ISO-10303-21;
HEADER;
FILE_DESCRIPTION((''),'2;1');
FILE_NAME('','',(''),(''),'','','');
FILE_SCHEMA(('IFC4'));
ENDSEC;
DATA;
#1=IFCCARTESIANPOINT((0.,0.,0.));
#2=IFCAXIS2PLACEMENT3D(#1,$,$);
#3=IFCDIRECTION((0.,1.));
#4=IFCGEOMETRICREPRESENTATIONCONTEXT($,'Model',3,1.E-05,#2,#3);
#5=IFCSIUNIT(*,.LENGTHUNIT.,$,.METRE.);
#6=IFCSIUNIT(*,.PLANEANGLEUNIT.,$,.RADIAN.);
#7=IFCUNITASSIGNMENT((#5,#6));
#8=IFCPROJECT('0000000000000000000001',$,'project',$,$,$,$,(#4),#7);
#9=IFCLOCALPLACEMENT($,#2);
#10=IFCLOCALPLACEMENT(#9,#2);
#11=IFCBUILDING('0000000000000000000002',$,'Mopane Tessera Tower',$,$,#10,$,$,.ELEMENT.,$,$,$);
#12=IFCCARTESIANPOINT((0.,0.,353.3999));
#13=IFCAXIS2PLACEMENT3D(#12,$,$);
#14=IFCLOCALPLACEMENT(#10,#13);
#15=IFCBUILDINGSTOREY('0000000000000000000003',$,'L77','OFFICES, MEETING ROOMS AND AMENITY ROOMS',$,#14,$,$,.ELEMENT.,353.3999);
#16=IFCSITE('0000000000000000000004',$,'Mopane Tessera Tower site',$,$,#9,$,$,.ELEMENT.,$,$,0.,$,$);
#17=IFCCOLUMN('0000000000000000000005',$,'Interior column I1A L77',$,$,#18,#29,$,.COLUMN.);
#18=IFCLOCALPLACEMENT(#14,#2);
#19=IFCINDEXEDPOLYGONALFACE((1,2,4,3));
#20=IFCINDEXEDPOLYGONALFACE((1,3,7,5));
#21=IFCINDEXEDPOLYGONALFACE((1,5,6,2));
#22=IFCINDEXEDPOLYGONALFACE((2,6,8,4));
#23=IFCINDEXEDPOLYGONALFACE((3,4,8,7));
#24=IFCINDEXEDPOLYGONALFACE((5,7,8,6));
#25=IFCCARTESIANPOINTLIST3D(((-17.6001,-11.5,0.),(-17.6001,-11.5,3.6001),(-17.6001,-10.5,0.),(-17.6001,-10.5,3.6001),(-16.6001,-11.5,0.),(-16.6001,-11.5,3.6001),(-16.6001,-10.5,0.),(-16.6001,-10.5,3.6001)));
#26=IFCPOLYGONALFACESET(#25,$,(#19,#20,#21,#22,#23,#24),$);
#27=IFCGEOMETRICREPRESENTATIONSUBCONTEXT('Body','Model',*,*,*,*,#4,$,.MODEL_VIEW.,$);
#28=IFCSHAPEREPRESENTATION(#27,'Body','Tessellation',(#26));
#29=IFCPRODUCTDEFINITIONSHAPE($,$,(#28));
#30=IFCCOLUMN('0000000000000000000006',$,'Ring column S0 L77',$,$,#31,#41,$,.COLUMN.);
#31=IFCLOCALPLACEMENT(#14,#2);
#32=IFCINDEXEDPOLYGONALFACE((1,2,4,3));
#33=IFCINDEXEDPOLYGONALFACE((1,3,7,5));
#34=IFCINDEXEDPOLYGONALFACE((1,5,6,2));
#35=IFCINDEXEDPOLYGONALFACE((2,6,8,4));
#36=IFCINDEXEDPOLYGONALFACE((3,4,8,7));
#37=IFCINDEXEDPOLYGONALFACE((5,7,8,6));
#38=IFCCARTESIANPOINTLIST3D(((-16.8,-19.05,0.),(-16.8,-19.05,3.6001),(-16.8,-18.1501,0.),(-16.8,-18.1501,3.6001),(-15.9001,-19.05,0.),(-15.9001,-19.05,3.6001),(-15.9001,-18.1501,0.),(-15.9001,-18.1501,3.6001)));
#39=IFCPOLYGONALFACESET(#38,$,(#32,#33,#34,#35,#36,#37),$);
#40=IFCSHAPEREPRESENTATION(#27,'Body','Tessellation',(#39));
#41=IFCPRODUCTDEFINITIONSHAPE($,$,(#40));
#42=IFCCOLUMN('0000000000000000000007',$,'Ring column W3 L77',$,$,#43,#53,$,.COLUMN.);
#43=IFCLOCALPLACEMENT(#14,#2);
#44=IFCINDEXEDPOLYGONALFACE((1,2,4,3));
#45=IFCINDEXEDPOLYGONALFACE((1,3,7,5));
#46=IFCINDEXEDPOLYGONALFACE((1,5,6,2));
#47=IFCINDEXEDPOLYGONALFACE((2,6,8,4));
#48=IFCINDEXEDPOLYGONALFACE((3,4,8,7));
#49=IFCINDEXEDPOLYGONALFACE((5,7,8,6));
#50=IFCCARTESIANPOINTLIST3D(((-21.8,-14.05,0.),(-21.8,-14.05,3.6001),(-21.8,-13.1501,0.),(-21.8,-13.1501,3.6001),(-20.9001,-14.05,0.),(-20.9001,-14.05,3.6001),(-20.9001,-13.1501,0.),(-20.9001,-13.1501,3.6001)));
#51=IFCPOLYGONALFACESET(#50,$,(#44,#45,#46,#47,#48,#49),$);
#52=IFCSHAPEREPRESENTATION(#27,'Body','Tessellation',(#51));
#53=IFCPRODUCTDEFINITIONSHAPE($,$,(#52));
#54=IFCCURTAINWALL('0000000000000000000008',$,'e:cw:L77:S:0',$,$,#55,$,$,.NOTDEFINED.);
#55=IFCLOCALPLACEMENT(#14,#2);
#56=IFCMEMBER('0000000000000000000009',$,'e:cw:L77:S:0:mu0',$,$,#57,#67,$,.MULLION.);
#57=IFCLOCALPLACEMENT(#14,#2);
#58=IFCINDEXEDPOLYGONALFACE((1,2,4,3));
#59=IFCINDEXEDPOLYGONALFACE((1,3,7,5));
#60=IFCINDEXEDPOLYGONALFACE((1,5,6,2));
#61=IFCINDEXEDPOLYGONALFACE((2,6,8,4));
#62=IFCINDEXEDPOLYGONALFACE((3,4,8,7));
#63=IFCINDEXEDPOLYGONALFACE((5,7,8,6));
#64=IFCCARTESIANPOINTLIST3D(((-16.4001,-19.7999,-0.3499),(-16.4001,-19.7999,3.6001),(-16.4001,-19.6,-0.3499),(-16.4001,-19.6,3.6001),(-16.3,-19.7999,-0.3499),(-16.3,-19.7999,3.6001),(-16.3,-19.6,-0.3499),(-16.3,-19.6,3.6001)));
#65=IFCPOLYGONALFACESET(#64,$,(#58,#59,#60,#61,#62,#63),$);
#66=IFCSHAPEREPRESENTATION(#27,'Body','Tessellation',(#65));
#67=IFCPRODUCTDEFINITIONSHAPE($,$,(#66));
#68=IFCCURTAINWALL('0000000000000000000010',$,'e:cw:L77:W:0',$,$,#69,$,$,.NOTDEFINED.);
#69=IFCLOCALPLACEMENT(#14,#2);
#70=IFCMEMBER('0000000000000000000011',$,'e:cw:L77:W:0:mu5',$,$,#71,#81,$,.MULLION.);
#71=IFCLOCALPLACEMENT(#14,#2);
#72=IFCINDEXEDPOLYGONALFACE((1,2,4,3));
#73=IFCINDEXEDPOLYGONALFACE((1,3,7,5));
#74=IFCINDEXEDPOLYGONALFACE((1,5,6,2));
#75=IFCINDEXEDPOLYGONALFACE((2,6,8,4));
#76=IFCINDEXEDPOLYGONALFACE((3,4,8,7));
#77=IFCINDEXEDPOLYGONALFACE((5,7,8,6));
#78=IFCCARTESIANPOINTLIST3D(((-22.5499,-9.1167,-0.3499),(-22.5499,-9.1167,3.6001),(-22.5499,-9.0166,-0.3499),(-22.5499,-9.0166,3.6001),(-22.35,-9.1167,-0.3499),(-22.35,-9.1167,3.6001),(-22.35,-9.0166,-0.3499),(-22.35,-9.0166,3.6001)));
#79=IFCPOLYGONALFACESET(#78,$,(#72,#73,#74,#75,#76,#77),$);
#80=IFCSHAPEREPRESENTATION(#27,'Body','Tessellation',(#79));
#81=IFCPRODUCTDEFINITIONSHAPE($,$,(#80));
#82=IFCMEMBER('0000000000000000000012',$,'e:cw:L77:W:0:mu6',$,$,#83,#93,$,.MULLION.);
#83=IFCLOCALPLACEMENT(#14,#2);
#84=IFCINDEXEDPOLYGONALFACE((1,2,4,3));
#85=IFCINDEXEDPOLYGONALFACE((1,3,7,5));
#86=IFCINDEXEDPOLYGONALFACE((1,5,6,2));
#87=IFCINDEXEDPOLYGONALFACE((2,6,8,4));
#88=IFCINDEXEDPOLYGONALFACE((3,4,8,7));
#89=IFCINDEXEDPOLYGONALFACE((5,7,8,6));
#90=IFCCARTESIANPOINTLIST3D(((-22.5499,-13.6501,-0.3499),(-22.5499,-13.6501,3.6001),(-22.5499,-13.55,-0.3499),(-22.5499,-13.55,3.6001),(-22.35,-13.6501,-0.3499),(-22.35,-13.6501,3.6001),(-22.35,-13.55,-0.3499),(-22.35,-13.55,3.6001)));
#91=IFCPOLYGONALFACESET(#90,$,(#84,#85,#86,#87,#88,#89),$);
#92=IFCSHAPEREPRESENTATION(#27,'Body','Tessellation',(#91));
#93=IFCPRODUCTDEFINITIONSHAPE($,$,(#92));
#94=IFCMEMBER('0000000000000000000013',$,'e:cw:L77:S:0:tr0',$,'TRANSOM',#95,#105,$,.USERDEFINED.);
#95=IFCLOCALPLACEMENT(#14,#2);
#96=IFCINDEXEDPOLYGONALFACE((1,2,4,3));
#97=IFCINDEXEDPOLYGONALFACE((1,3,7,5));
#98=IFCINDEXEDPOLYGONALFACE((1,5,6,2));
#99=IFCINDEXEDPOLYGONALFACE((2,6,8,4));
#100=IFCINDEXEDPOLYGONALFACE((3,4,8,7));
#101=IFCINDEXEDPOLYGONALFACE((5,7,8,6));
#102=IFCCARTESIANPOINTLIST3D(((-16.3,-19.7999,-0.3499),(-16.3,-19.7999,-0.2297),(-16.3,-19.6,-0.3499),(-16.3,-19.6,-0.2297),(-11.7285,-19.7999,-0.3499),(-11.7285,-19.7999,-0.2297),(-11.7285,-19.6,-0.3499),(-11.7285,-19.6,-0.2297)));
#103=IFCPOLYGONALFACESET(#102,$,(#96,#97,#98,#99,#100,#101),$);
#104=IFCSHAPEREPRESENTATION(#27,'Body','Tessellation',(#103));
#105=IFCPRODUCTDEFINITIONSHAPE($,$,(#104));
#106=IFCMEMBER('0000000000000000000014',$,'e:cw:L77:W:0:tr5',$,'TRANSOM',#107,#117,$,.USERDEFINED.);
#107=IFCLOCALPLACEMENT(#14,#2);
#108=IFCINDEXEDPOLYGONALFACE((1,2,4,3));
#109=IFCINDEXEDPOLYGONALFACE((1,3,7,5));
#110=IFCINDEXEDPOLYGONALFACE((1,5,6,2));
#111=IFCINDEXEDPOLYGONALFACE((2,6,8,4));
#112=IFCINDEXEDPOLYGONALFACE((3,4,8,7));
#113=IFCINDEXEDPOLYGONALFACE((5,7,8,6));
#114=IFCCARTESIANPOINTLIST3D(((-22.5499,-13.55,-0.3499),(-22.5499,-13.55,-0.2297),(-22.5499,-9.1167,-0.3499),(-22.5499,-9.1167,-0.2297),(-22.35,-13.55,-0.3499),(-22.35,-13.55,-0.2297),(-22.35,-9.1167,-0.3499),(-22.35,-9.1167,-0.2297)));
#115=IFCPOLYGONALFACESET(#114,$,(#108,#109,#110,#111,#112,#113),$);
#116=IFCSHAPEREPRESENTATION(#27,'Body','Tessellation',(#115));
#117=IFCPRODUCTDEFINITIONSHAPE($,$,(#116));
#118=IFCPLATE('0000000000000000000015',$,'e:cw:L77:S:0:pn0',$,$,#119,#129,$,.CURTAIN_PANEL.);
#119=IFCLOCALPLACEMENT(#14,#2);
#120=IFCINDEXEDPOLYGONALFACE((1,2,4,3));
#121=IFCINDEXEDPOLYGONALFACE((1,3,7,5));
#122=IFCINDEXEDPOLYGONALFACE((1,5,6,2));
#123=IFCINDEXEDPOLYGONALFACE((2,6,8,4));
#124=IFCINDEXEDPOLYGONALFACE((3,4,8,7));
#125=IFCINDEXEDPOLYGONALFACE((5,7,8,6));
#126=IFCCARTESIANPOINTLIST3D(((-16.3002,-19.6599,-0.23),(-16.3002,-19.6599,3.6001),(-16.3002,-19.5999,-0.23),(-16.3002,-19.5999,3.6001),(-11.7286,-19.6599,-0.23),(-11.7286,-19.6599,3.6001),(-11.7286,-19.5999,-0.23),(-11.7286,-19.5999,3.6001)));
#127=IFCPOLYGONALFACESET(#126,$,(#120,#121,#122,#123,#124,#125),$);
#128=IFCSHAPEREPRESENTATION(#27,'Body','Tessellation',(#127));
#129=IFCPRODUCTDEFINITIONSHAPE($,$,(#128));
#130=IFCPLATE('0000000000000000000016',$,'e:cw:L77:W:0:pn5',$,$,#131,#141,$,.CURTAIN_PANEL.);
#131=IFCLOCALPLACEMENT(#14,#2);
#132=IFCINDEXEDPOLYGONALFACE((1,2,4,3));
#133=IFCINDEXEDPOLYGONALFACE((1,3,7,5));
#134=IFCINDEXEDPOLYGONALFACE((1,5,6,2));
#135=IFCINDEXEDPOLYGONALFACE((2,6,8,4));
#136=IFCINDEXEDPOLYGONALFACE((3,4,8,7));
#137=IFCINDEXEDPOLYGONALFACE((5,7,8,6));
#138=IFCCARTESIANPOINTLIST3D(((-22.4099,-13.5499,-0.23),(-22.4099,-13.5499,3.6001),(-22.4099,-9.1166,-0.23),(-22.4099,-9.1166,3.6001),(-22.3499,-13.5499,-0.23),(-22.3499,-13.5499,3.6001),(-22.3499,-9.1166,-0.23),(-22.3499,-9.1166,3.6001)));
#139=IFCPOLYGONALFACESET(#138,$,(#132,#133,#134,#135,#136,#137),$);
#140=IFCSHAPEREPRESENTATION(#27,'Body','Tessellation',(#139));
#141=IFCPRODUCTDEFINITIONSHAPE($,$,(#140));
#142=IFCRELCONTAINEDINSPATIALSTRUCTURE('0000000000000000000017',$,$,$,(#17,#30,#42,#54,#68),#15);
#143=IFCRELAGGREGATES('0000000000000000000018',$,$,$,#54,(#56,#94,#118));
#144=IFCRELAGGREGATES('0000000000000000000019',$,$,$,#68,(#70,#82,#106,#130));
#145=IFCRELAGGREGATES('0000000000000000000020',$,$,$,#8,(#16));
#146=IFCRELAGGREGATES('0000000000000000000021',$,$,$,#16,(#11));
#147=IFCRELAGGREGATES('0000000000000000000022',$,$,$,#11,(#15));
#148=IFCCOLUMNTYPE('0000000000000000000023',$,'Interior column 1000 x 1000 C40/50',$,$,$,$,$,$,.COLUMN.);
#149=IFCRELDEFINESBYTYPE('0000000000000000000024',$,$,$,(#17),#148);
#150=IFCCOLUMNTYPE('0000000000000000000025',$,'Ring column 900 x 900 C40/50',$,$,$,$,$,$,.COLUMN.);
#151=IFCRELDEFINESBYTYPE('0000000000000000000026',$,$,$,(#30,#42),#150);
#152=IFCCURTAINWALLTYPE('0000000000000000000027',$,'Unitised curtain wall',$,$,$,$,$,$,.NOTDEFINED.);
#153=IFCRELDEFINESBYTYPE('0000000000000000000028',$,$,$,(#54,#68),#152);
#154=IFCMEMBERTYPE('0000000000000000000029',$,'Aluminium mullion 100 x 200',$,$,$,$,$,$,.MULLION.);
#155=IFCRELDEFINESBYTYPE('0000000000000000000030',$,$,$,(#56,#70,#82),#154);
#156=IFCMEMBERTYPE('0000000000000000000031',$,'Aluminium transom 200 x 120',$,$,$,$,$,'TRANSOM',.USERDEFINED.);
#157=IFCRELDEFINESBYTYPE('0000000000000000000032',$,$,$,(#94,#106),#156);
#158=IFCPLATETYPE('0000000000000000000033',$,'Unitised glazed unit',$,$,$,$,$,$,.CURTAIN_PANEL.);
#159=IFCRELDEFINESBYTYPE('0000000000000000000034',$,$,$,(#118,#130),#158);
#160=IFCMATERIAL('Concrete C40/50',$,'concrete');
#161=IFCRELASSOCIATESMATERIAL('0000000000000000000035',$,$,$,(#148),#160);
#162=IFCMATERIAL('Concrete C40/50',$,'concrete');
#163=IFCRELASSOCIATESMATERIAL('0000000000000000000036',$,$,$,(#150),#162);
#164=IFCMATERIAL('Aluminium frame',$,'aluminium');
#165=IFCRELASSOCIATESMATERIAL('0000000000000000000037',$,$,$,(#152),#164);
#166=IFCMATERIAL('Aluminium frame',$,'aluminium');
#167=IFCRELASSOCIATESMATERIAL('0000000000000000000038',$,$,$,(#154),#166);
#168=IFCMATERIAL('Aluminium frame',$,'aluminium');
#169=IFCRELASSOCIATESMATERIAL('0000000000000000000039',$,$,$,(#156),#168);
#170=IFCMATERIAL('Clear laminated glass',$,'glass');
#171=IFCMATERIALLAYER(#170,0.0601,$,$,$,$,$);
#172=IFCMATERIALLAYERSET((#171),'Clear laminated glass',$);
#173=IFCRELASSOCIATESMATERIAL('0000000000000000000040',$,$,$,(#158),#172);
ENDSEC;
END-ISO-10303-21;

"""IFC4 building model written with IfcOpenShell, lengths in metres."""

from ifc_helpers import new_model, si_unit, direction, frame, origin, origin_2d, place, context, subcontext, project, spatial, rectangle, extrude, material, layer, layer_set, material_profile, profile_set, type_object, element, aggregate, save


model = new_model("IFC4")

# Units and contexts
model_context = context("Model", 3, precision=1e-05, world=origin(), true_north=direction((0.0, 1.0)))
body_context = subcontext(model_context, "Body", "Model", "MODEL_VIEW")
ifc_project = project(units=[si_unit("LENGTHUNIT", "METRE"), si_unit("PLANEANGLEUNIT", "RADIAN")], contexts=[model_context])

# Site, building, storey
site_placement = place(None, origin())
site = spatial("IfcSite", under=ifc_project, at=site_placement, Name="Mopane Tessera Tower site", CompositionType="ELEMENT", RefElevation=0.0)
building_placement = place(site_placement, origin())
building = spatial("IfcBuilding", under=site, at=building_placement, Name="Mopane Tessera Tower", CompositionType="ELEMENT")
storey_placement = place(building_placement, frame((0.0, 0.0, 353.3999)))
storey = spatial("IfcBuildingStorey", under=building, at=storey_placement, Name="L77", Description="OFFICES, MEETING ROOMS AND AMENITY ROOMS", CompositionType="ELEMENT", Elevation=353.3999)

# Columns
ifc_material_1 = material(Name="Concrete C40/50", Category="concrete")
ifc_material_profile_1 = material_profile(ifc_material_1, rectangle(XDim=1.0, YDim=1.0, at=origin_2d()))
ifc_profile_set_1 = profile_set([ifc_material_profile_1], Name="Concrete C40/50")
column_type_1 = type_object("IfcColumnType", Name="Interior column 1000 x 1000 C40/50", PredefinedType="COLUMN", material=ifc_profile_set_1)
column_placement = place(storey_placement, frame((-17.1001, -11.0, 0.0), z_axis=(0.0, 0.0, 1.0), x_axis=(1.0, 0.0, 0.0)))
element("IfcColumn", 1, at=column_placement, inside=storey, type_object=column_type_1, Name="Interior column I1A L77", PredefinedType="COLUMN", context=body_context, shape_type="SweptSolid", body=[
    extrude(rectangle(XDim=1.0, YDim=1.0, at=origin_2d()), origin(), (0.0, 0.0, 1.0), 3.6001),
])
ifc_material_2 = material(Name="Concrete C40/50", Category="concrete")
ifc_material_profile_2 = material_profile(ifc_material_2, rectangle(XDim=0.8999, YDim=0.8999, at=origin_2d()))
ifc_profile_set_2 = profile_set([ifc_material_profile_2], Name="Concrete C40/50")
column_type_2 = type_object("IfcColumnType", Name="Ring column 900 x 900 C40/50", PredefinedType="COLUMN", material=ifc_profile_set_2)
for number, where, z_axis, x_axis, name in (
    (2, (-16.3501, -18.6001, 0.0), (0.0, 0.0, 1.0), (1.0, 0.0, 0.0), "Ring column S0 L77"),
    (3, (-21.3501, -13.6001, 0.0), (0.0, 0.0, 1.0), (1.0, 0.0, 0.0), "Ring column W3 L77"),
):
    element("IfcColumn", number, at=place(storey_placement, frame(where, z_axis=z_axis, x_axis=x_axis)), inside=storey, type_object=column_type_2, Name=name, PredefinedType="COLUMN", context=body_context, shape_type="SweptSolid", body=[
        extrude(rectangle(XDim=0.8999, YDim=0.8999, at=origin_2d()), origin(), (0.0, 0.0, 1.0), 3.6001),
    ])

# Curtain wall, member
ifc_material_3 = material(Name="Aluminium frame", Category="aluminium")
curtain_wall_type = type_object("IfcCurtainWallType", Name="Unitised curtain wall", PredefinedType="NOTDEFINED", material=ifc_material_3)
curtain_wall_1_placement = place(storey_placement, origin())
curtain_wall_1 = element("IfcCurtainWall", 4, at=curtain_wall_1_placement, inside=storey, type_object=curtain_wall_type, Name="e:cw:L77:S:0", PredefinedType="NOTDEFINED")
ifc_material_4 = material(Name="Aluminium frame", Category="aluminium")
ifc_material_profile_3 = material_profile(ifc_material_4, rectangle(XDim=0.1001, YDim=0.2, at=origin_2d()))
ifc_profile_set_3 = profile_set([ifc_material_profile_3], Name="Aluminium frame")
member_type_1 = type_object("IfcMemberType", Name="Aluminium mullion 100 x 200", PredefinedType="MULLION", material=ifc_profile_set_3)
member_1_placement = place(storey_placement, frame((-16.3501, -19.7, -0.3499), z_axis=(0.0, 0.0, 1.0), x_axis=(1.0, 0.0, 0.0)))
member_1 = element("IfcMember", 5, at=member_1_placement, type_object=member_type_1, Name="e:cw:L77:S:0:mu0", PredefinedType="MULLION", context=body_context, shape_type="SweptSolid", body=[
    extrude(rectangle(XDim=0.1001, YDim=0.2, at=origin_2d()), origin(), (0.0, 0.0, 1.0), 3.95),
])

# Curtain wall, members
curtain_wall_2_placement = place(storey_placement, origin())
curtain_wall_2 = element("IfcCurtainWall", 6, at=curtain_wall_2_placement, inside=storey, type_object=curtain_wall_type, Name="e:cw:L77:W:0", PredefinedType="NOTDEFINED")
member_2_placement = place(storey_placement, frame((-22.45, -9.0667, -0.3499), z_axis=(0.0, 0.0, 1.0), x_axis=(0.0, -1.0, 0.0)))
member_2 = element("IfcMember", 7, at=member_2_placement, type_object=member_type_1, Name="e:cw:L77:W:0:mu5", PredefinedType="MULLION", context=body_context, shape_type="SweptSolid", body=[
    extrude(rectangle(XDim=0.1001, YDim=0.2, at=origin_2d()), origin(), (0.0, 0.0, 1.0), 3.95),
])
member_3_placement = place(storey_placement, frame((-22.45, -13.6001, -0.3499), z_axis=(0.0, 0.0, 1.0), x_axis=(0.0, -1.0, 0.0)))
member_3 = element("IfcMember", 8, at=member_3_placement, type_object=member_type_1, Name="e:cw:L77:W:0:mu6", PredefinedType="MULLION", context=body_context, shape_type="SweptSolid", body=[
    extrude(rectangle(XDim=0.1001, YDim=0.2, at=origin_2d()), origin(), (0.0, 0.0, 1.0), 3.95),
])

# Members
ifc_material_5 = material(Name="Aluminium frame", Category="aluminium")
ifc_material_profile_4 = material_profile(ifc_material_5, rectangle(XDim=0.2, YDim=0.1201, at=origin_2d()))
ifc_profile_set_4 = profile_set([ifc_material_profile_4], Name="Aluminium frame")
member_type_2 = type_object("IfcMemberType", Name="Aluminium transom 200 x 120", ElementType="TRANSOM", PredefinedType="USERDEFINED", material=ifc_profile_set_4)
member_4_placement = place(storey_placement, frame((-16.3, -19.7, -0.2898), z_axis=(1.0, 0.0, 0.0), x_axis=(0.0, 1.0, 0.0)))
member_4 = element("IfcMember", 9, at=member_4_placement, type_object=member_type_2, Name="e:cw:L77:S:0:tr0", ObjectType="TRANSOM", PredefinedType="USERDEFINED", context=body_context, shape_type="SweptSolid", body=[
    extrude(rectangle(XDim=0.2, YDim=0.1201, at=origin_2d()), origin(), (0.0, 0.0, 1.0), 4.5715),
])
member_5_placement = place(storey_placement, frame((-22.45, -9.1167, -0.2898), z_axis=(0.0, -1.0, 0.0), x_axis=(1.0, 0.0, 0.0)))
member_5 = element("IfcMember", 10, at=member_5_placement, type_object=member_type_2, Name="e:cw:L77:W:0:tr5", ObjectType="TRANSOM", PredefinedType="USERDEFINED", context=body_context, shape_type="SweptSolid", body=[
    extrude(rectangle(XDim=0.2, YDim=0.1201, at=origin_2d()), origin(), (0.0, 0.0, 1.0), 4.4333),
])

# Plates
ifc_material_6 = material(Name="Clear laminated glass", Category="glass")
ifc_layer_1 = layer(ifc_material_6, 0.0601)
ifc_layer_set_1 = layer_set([ifc_layer_1], Name="Clear laminated glass")
plate_type = type_object("IfcPlateType", Name="Unitised glazed unit", PredefinedType="CURTAIN_PANEL", material=ifc_layer_set_1)
plate_1_placement = place(storey_placement, frame((-14.0144, -19.6299, -0.23), z_axis=(0.0, 0.0, 1.0), x_axis=(1.0, 0.0, 0.0)))
plate_1 = element("IfcPlate", 11, at=plate_1_placement, type_object=plate_type, Name="e:cw:L77:S:0:pn0", PredefinedType="CURTAIN_PANEL", context=body_context, shape_type="SweptSolid", body=[
    extrude(rectangle(XDim=4.5715, YDim=0.0601, at=origin_2d()), origin(), (0.0, 0.0, 1.0), 3.8301),
])
aggregate(curtain_wall_1, [member_1, member_4, plate_1])
plate_2_placement = place(storey_placement, frame((-22.3799, -11.3333, -0.23), z_axis=(0.0, 0.0, 1.0), x_axis=(0.0, -1.0, 0.0)))
plate_2 = element("IfcPlate", 12, at=plate_2_placement, type_object=plate_type, Name="e:cw:L77:W:0:pn5", PredefinedType="CURTAIN_PANEL", context=body_context, shape_type="SweptSolid", body=[
    extrude(rectangle(XDim=4.4333, YDim=0.0601, at=origin_2d()), origin(), (0.0, 0.0, 1.0), 3.8301),
])
aggregate(curtain_wall_2, [member_2, member_3, member_5, plate_2])

save(model, "model.ifc")
